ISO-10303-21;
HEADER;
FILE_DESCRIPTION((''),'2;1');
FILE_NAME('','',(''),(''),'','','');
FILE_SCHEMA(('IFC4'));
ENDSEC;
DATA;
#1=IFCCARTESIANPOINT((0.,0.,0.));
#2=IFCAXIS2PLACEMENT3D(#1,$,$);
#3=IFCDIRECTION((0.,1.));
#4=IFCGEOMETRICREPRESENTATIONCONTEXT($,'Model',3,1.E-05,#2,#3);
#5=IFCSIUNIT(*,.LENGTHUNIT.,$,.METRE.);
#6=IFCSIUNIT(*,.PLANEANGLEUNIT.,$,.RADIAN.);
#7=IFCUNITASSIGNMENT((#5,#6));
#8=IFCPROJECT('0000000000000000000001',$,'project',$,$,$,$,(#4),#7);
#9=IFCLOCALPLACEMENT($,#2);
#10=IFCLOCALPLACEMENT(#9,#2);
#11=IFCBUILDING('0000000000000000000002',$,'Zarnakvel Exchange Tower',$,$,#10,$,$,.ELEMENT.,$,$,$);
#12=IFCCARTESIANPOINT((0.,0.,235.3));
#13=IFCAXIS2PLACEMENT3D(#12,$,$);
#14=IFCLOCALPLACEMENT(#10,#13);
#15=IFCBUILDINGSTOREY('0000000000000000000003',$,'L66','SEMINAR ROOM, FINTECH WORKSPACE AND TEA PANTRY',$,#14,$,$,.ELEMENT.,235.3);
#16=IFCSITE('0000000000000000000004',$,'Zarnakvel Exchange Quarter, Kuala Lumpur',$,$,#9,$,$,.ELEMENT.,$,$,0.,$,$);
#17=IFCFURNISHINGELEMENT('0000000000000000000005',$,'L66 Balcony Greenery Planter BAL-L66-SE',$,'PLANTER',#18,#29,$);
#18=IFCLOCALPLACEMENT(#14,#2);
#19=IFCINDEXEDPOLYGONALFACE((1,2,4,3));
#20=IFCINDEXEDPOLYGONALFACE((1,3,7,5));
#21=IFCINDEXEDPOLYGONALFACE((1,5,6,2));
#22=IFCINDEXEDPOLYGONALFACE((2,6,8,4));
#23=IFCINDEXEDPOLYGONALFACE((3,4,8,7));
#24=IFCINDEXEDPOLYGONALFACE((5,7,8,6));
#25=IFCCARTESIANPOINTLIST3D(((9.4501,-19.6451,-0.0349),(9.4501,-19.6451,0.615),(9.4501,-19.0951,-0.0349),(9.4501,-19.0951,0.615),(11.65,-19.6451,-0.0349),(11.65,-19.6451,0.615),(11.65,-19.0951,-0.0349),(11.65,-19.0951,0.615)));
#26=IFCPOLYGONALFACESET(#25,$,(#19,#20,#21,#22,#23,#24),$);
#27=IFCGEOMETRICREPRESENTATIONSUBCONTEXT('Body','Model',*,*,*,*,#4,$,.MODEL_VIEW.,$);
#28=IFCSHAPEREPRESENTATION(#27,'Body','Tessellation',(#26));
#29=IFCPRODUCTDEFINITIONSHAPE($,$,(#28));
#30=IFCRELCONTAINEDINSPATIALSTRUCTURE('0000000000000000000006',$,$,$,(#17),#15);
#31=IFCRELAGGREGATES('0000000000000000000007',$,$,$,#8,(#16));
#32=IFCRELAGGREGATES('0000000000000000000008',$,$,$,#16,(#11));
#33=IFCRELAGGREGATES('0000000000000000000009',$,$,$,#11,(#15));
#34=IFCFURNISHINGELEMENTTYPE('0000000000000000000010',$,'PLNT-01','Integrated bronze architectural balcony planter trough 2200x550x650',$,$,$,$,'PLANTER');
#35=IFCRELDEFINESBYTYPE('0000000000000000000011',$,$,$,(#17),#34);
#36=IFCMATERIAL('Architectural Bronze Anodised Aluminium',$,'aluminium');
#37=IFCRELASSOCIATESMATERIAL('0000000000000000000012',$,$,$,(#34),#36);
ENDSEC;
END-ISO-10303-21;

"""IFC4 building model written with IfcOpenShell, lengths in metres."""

from ifc_helpers import new_model, si_unit, direction, frame, origin, origin_2d, place, context, subcontext, project, spatial, rectangle, extrude, source, transform, mapped, material, type_object, element, save


model = new_model("IFC4")

# Units and contexts
model_context = context("Model", 3, precision=1e-05, world=origin(), true_north=direction((0.0, 1.0)))
body_context = subcontext(model_context, "Body", "Model", "MODEL_VIEW")
ifc_project = project(units=[si_unit("LENGTHUNIT", "METRE"), si_unit("PLANEANGLEUNIT", "RADIAN")], contexts=[model_context])

# Site, building, storey
site_placement = place(None, origin())
site = spatial("IfcSite", under=ifc_project, at=site_placement, Name="Zarnakvel Exchange Quarter, Kuala Lumpur", CompositionType="ELEMENT", RefElevation=0.0)
building_placement = place(site_placement, origin())
building = spatial("IfcBuilding", under=site, at=building_placement, Name="Zarnakvel Exchange Tower", CompositionType="ELEMENT")
storey_placement = place(building_placement, frame((0.0, 0.0, 235.3)))
storey = spatial("IfcBuildingStorey", under=building, at=storey_placement, Name="L66", Description="SEMINAR ROOM, FINTECH WORKSPACE AND TEA PANTRY", CompositionType="ELEMENT", Elevation=235.3)

# Shared definitions
ifc_material_1 = material(Name="Architectural Bronze Anodised Aluminium", Category="aluminium")

# Furnishing element
furnishing_element_type = type_object("IfcFurnishingElementType", Name="PLNT-01", Description="Integrated bronze architectural balcony planter trough 2200x550x650", ElementType="PLANTER", material=ifc_material_1)
shared_shape_1 = source(origin(), body_context, "Body", "SweptSolid", [
    extrude(rectangle(XDim=2.2, YDim=0.55, at=origin_2d()), origin(), (0.0, 0.0, 1.0), 0.6499),
])
furnishing_placement = place(storey_placement, frame((10.55, -19.3701, -0.0349), z_axis=(0.0, 0.0, 1.0), x_axis=(1.0, 0.0, 0.0)))
element("IfcFurnishingElement", 1, at=furnishing_placement, inside=storey, type_object=furnishing_element_type, Name="L66 Balcony Greenery Planter BAL-L66-SE", ObjectType="PLANTER", context=body_context, shape_type="MappedRepresentation", body=[
    mapped(shared_shape_1, transform((0.0, 0.0, 0.0), x_axis=(1.0, 0.0, 0.0), y_axis=(0.0, 1.0, 0.0), z_axis=(0.0, 0.0, 1.0), scale=1.0)),
])

save(model, "model.ifc")
